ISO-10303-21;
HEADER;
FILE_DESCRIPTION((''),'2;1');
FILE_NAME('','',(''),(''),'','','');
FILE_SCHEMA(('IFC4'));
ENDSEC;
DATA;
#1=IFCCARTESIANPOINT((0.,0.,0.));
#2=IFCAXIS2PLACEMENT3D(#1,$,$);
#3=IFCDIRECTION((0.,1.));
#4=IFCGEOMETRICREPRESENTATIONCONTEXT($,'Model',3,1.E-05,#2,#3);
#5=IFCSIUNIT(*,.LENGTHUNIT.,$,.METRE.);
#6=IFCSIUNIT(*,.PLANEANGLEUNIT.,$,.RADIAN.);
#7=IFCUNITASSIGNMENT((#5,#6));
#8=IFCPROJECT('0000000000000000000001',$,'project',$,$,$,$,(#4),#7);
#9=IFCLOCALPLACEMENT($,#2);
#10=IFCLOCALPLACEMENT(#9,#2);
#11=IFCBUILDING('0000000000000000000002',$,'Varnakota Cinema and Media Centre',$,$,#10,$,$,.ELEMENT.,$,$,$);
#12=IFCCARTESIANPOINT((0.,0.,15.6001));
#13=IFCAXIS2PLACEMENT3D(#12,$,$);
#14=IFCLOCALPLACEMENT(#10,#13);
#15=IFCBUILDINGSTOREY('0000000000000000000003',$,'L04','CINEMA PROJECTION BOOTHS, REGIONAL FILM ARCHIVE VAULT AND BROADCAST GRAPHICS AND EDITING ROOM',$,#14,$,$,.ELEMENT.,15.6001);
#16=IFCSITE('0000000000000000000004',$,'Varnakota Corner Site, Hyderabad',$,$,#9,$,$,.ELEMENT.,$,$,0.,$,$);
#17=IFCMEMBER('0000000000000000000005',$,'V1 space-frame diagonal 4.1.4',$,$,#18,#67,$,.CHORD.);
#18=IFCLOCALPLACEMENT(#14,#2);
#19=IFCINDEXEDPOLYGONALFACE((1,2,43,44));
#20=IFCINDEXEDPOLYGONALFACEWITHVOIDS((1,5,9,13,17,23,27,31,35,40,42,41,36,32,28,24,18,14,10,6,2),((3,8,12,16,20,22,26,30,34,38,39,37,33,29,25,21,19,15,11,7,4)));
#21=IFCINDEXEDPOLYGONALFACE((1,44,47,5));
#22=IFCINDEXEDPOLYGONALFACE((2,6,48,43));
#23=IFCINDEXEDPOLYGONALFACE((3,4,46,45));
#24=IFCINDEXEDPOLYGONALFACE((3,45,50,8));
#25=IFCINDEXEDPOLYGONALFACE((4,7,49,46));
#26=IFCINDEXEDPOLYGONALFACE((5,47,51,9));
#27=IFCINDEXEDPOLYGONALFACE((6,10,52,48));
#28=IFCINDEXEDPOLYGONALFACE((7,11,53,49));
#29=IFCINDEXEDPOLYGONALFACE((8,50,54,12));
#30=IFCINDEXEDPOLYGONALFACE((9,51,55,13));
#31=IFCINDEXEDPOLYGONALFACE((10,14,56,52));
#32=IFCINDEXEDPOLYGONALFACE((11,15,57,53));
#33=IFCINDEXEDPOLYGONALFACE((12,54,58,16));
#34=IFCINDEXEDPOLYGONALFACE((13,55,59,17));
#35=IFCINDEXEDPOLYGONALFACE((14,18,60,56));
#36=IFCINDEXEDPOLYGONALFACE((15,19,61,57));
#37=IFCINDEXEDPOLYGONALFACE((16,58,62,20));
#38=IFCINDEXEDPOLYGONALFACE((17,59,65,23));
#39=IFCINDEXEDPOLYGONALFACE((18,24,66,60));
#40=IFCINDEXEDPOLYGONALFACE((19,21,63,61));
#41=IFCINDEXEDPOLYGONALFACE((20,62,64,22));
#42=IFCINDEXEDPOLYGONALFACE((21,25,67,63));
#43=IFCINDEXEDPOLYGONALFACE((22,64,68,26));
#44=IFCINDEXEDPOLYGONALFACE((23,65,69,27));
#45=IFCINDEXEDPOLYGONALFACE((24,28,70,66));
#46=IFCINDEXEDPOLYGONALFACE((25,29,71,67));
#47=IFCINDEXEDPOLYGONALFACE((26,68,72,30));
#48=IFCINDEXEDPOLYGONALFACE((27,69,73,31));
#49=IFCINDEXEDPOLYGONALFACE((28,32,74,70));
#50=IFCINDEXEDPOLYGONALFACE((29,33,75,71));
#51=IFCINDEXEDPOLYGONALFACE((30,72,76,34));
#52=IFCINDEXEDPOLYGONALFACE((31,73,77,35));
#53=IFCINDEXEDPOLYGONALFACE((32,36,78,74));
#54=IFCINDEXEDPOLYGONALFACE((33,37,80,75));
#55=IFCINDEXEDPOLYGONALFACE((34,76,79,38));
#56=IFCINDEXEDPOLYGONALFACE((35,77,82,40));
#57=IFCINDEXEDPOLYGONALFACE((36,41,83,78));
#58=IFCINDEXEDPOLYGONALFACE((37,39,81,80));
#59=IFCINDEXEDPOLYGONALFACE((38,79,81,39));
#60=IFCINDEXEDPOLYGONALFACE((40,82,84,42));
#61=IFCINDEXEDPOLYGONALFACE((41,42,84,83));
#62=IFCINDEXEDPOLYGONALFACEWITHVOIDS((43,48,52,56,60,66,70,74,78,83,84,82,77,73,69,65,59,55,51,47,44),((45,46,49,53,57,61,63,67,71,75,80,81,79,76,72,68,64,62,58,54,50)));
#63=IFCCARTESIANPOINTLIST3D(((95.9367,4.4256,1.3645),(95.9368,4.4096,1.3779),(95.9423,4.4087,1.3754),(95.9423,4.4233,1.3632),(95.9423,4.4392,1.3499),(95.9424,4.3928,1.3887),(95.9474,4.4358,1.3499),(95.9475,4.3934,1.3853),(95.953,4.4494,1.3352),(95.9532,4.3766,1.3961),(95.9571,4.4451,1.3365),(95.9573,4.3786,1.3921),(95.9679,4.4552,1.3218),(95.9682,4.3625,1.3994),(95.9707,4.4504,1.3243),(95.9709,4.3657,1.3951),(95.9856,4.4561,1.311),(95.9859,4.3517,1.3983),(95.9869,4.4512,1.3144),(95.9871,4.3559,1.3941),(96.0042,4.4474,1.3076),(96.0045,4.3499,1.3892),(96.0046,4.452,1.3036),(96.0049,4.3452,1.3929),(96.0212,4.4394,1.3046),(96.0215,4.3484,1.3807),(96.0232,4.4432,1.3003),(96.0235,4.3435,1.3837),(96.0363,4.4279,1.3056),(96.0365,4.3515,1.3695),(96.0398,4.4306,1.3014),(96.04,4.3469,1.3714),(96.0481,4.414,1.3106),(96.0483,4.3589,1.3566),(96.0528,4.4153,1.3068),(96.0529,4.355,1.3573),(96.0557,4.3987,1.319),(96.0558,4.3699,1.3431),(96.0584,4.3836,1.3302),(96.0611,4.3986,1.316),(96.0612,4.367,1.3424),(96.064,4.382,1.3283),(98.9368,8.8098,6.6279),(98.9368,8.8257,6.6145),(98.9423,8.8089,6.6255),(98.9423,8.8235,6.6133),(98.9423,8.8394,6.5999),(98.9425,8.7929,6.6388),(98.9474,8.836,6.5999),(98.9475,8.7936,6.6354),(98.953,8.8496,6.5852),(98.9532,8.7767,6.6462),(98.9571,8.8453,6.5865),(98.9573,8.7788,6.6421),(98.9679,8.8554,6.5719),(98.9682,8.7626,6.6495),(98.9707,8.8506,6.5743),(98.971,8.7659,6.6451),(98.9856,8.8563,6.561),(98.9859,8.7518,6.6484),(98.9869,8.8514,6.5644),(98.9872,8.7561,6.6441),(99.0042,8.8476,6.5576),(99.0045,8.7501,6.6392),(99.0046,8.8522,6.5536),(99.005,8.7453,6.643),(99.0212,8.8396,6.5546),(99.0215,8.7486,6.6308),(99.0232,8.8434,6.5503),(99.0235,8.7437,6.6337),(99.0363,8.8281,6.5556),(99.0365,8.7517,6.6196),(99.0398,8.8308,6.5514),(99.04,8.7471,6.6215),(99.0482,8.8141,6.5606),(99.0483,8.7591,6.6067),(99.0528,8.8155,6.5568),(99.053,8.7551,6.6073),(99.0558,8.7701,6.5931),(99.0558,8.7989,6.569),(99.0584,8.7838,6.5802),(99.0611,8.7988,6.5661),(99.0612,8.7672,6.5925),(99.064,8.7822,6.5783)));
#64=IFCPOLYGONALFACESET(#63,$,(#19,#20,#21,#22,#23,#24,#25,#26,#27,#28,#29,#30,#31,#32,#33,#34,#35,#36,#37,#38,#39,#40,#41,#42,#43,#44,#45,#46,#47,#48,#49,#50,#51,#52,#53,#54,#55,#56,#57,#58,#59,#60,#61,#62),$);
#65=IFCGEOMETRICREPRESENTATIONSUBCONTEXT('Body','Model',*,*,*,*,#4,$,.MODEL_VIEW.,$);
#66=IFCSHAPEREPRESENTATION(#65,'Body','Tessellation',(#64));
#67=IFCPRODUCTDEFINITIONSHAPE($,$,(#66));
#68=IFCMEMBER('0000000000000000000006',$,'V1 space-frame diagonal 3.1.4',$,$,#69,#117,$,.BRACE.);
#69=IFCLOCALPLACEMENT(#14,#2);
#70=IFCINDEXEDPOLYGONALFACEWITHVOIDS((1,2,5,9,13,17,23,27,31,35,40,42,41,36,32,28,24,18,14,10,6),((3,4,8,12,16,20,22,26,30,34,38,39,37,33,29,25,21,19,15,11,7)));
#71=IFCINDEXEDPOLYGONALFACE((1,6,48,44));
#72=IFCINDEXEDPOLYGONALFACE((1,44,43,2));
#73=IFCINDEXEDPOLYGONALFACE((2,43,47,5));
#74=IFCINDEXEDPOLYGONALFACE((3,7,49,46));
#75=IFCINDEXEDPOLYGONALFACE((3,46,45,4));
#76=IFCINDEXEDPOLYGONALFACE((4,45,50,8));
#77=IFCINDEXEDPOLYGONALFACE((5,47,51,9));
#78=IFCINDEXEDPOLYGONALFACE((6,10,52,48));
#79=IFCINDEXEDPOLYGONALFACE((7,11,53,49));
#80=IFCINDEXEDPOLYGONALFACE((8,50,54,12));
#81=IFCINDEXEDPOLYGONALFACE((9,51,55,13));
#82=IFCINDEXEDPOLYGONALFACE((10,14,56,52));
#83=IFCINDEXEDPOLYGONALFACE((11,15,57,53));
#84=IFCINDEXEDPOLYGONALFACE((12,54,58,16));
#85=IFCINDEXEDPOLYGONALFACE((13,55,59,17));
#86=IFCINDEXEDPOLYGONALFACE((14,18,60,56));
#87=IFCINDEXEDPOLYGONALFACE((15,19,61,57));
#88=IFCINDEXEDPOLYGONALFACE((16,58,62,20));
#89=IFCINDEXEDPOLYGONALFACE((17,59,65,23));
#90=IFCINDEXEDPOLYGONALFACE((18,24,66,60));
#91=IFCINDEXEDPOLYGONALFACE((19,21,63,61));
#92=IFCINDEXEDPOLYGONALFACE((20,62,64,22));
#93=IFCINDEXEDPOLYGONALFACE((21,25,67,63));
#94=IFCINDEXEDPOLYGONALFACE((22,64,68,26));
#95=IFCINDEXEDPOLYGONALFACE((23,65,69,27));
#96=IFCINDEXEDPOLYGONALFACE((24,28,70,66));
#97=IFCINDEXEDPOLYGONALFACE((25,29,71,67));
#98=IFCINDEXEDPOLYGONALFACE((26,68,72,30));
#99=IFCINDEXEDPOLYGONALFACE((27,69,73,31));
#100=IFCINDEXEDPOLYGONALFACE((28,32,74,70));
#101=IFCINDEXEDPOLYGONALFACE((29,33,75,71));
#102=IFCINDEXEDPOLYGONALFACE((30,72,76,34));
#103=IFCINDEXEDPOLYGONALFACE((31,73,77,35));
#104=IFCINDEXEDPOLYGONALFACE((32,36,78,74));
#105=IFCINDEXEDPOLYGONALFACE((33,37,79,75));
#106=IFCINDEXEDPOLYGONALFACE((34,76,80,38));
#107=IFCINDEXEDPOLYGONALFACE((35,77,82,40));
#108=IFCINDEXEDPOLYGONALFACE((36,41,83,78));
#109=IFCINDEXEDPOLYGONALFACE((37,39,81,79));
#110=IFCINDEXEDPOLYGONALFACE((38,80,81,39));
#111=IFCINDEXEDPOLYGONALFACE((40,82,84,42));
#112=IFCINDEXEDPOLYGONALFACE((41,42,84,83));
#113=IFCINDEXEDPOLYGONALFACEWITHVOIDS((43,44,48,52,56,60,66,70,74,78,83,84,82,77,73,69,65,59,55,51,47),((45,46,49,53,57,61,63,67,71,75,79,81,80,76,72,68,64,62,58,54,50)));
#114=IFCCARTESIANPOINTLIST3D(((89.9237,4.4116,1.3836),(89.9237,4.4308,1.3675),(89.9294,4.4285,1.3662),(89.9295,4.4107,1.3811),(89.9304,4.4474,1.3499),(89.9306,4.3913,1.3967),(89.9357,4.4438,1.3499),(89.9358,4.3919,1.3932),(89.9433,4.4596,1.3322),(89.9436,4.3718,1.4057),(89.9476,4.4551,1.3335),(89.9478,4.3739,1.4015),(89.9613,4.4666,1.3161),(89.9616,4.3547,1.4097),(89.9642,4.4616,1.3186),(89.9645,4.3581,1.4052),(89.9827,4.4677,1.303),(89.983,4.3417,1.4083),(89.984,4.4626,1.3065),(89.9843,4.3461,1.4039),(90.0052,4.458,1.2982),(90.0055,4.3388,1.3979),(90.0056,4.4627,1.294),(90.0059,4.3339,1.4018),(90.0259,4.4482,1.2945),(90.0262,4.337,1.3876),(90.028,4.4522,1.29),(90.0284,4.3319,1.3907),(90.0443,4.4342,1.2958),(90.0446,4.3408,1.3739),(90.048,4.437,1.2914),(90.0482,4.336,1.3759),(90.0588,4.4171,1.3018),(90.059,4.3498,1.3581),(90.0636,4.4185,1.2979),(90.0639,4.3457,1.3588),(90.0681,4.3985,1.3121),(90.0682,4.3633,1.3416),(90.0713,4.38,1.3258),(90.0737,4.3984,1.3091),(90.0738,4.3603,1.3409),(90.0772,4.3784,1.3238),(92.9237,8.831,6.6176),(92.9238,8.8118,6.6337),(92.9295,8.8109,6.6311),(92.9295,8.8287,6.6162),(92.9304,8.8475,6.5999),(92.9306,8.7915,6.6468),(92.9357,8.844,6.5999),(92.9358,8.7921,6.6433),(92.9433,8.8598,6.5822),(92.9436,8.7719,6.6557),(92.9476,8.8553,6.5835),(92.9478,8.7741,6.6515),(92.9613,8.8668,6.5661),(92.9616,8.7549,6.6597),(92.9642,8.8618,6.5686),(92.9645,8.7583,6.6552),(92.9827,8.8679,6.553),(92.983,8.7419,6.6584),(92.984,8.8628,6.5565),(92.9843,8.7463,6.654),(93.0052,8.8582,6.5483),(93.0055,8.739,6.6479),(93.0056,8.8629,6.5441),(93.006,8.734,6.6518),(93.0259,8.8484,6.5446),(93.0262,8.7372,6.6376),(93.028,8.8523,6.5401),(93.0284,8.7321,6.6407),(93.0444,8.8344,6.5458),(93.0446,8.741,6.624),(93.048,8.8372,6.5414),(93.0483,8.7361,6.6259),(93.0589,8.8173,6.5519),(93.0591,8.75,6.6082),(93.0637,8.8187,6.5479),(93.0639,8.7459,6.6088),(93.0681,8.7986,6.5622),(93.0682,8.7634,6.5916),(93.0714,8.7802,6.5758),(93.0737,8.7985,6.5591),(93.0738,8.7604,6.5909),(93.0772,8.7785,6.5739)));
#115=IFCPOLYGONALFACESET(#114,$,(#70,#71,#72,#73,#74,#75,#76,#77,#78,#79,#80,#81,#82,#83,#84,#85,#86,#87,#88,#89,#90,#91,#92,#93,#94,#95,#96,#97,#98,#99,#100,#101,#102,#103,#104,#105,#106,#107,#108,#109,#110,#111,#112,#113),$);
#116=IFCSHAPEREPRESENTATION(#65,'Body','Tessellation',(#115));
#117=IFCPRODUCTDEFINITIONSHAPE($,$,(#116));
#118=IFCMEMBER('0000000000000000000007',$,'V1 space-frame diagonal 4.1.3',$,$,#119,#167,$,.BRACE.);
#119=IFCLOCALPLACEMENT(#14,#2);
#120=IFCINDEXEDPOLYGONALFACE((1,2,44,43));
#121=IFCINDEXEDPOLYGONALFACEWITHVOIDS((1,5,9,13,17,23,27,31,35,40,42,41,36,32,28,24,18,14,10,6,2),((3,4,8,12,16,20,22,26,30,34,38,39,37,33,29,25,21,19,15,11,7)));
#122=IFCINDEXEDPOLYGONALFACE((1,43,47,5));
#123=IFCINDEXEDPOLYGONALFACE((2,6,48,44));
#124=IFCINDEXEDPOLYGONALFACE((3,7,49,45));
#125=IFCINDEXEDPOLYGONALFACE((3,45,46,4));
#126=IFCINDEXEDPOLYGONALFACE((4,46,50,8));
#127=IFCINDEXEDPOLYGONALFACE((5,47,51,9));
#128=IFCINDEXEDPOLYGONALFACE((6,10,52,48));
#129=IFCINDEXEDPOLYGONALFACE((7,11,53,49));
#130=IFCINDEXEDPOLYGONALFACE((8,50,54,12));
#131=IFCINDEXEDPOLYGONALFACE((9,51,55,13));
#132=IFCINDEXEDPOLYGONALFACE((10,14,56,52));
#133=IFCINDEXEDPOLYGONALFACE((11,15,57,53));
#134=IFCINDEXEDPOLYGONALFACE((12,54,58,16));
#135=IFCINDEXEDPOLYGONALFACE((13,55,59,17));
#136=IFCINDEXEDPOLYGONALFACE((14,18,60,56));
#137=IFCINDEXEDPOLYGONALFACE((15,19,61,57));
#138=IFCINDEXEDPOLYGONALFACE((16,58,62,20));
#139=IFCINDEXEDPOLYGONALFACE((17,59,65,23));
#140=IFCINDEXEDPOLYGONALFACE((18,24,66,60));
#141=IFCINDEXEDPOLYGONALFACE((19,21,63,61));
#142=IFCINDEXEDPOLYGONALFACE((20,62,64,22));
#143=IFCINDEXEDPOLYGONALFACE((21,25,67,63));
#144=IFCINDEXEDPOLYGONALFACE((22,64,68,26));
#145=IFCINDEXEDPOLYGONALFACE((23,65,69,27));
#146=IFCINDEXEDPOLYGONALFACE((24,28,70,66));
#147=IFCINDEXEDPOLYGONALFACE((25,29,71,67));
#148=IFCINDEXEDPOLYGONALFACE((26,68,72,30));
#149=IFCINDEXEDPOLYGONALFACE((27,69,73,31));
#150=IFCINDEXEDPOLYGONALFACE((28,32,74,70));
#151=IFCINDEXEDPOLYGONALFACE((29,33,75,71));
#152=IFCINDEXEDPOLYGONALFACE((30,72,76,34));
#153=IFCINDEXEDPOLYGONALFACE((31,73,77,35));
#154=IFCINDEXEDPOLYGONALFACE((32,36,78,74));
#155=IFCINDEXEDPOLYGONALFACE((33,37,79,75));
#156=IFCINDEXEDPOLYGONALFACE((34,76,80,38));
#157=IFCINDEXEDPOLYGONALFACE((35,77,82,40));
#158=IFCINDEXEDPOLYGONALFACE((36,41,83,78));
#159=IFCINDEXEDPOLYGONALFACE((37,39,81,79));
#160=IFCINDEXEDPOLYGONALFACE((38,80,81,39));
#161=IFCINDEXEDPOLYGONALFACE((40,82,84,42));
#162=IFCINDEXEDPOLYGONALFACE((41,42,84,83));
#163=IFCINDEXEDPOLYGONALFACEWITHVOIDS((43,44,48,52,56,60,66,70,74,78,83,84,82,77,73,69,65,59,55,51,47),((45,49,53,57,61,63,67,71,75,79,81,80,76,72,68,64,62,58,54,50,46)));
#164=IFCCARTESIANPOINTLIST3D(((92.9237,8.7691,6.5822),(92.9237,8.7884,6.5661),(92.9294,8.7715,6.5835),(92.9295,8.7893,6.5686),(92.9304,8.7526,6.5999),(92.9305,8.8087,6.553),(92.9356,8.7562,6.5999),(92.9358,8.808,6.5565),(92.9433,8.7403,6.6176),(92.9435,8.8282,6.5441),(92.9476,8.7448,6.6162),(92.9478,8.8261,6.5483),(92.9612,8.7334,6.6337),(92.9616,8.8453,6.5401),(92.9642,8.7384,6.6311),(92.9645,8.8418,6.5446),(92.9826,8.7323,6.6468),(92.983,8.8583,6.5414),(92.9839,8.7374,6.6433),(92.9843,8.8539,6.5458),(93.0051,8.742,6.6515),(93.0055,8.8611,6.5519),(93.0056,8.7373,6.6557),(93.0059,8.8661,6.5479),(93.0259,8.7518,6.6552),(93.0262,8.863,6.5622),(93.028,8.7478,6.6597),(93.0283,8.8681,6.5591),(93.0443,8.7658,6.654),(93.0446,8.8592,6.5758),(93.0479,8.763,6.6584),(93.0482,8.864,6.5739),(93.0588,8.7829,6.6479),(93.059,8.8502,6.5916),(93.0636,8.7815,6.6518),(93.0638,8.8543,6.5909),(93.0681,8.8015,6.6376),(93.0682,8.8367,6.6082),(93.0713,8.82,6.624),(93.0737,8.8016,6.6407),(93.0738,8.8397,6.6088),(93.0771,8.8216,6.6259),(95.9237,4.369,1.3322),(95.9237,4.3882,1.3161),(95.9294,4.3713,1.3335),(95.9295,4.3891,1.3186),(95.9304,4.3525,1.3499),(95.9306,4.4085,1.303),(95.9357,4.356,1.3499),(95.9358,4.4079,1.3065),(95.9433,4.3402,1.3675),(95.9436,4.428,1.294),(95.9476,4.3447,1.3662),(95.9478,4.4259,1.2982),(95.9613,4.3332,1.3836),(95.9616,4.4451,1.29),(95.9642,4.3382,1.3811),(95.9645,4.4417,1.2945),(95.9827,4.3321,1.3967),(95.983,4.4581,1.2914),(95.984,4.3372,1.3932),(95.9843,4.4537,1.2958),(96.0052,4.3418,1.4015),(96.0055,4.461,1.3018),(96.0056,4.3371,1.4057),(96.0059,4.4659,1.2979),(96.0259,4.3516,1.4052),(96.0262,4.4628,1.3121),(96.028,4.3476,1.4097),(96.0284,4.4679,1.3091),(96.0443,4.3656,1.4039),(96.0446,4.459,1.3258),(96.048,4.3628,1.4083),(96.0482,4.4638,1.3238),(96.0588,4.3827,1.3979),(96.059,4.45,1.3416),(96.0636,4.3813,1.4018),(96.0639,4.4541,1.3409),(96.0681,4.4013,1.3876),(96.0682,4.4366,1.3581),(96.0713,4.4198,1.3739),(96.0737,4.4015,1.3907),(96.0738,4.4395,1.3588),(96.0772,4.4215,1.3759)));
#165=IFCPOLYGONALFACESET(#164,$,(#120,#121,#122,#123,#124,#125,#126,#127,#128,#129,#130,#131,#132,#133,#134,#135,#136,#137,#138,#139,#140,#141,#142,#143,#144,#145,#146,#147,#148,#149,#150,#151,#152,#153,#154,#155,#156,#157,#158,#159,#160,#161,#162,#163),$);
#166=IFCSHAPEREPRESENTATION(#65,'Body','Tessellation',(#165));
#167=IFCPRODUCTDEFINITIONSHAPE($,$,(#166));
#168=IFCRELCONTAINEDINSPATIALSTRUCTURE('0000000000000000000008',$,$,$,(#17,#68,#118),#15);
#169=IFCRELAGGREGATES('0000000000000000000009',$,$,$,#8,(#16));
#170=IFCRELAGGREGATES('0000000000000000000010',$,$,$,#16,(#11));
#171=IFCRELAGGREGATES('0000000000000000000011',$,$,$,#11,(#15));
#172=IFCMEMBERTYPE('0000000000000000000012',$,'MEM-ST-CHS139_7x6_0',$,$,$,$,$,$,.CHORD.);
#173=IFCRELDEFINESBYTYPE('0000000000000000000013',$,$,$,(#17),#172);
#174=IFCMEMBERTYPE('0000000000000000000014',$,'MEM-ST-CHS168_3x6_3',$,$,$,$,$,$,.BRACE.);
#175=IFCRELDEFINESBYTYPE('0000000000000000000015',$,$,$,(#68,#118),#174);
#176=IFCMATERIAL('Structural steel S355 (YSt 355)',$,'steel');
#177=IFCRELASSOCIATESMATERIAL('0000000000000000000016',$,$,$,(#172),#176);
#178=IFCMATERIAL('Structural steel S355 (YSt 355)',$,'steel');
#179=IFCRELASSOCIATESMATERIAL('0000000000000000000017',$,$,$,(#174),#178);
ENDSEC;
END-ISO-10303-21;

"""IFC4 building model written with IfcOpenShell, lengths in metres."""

from ifc_helpers import new_model, si_unit, direction, frame, origin, origin_2d, place, context, subcontext, project, spatial, hollow_circle, extrude, material, material_profile, profile_set, type_object, element, save


model = new_model("IFC4")

# Units and contexts
model_context = context("Model", 3, precision=1e-05, world=origin(), true_north=direction((0.0, 1.0)))
body_context = subcontext(model_context, "Body", "Model", "MODEL_VIEW")
ifc_project = project(units=[si_unit("LENGTHUNIT", "METRE"), si_unit("PLANEANGLEUNIT", "RADIAN")], contexts=[model_context])

# Site, building, storey
site_placement = place(None, origin())
site = spatial("IfcSite", under=ifc_project, at=site_placement, Name="Varnakota Corner Site, Hyderabad", CompositionType="ELEMENT", RefElevation=0.0)
building_placement = place(site_placement, origin())
building = spatial("IfcBuilding", under=site, at=building_placement, Name="Varnakota Cinema and Media Centre", CompositionType="ELEMENT")
storey_placement = place(building_placement, frame((0.0, 0.0, 15.6001)))
storey = spatial("IfcBuildingStorey", under=building, at=storey_placement, Name="L04", Description="CINEMA PROJECTION BOOTHS, REGIONAL FILM ARCHIVE VAULT AND BROADCAST GRAPHICS AND EDITING ROOM", CompositionType="ELEMENT", Elevation=15.6001)

# Members
ifc_material_1 = material(Name="Structural steel S355 (YSt 355)", Category="steel")
ifc_material_profile_1 = material_profile(ifc_material_1, hollow_circle(Radius=0.0698, WallThickness=0.0061, at=origin_2d()), Name="CHS 139.7x6.0")
ifc_profile_set_1 = profile_set([ifc_material_profile_1], Name="Structural steel S355 (YSt 355)")
member_type_1 = type_object("IfcMemberType", Name="MEM-ST-CHS139_7x6_0", PredefinedType="CHORD", material=ifc_profile_set_1)
member_1_placement = place(storey_placement, frame((96.0, 4.3999, 1.3499), z_axis=(0.401165, 0.588395, 0.702039), x_axis=(-0.826236, 0.563324, 0.0)))
element("IfcMember", 1, at=member_1_placement, inside=storey, type_object=member_type_1, Name="V1 space-frame diagonal 4.1.4", PredefinedType="CHORD", context=body_context, shape_type="SweptSolid", body=[
    extrude(hollow_circle(Radius=0.0698, WallThickness=0.0061, at=origin_2d()), origin(), (0.0, 0.0, 1.0), 7.4783),
])
ifc_material_2 = material(Name="Structural steel S355 (YSt 355)", Category="steel")
ifc_material_profile_2 = material_profile(ifc_material_2, hollow_circle(Radius=0.0842, WallThickness=0.0063, at=origin_2d()), Name="CHS 168.3x6.3")
ifc_profile_set_2 = profile_set([ifc_material_profile_2], Name="Structural steel S355 (YSt 355)")
member_type_2 = type_object("IfcMemberType", Name="MEM-ST-CHS168_3x6_3", PredefinedType="BRACE", material=ifc_profile_set_2)
for number, where, z_axis, x_axis, name in (
    (2, (90.0, 4.3999, 1.3499), (0.401165, 0.588395, 0.702039), (-0.826236, 0.563324, 0.0), "V1 space-frame diagonal 3.1.4"),
    (3, (96.0, 4.3999, 1.3499), (-0.401165, 0.588395, 0.702039), (-0.826236, -0.563324, 0.0), "V1 space-frame diagonal 4.1.3"),
):
    element("IfcMember", number, at=place(storey_placement, frame(where, z_axis=z_axis, x_axis=x_axis)), inside=storey, type_object=member_type_2, Name=name, PredefinedType="BRACE", context=body_context, shape_type="SweptSolid", body=[
        extrude(hollow_circle(Radius=0.0842, WallThickness=0.0063, at=origin_2d()), origin(), (0.0, 0.0, 1.0), 7.4783),
    ])

save(model, "model.ifc")
